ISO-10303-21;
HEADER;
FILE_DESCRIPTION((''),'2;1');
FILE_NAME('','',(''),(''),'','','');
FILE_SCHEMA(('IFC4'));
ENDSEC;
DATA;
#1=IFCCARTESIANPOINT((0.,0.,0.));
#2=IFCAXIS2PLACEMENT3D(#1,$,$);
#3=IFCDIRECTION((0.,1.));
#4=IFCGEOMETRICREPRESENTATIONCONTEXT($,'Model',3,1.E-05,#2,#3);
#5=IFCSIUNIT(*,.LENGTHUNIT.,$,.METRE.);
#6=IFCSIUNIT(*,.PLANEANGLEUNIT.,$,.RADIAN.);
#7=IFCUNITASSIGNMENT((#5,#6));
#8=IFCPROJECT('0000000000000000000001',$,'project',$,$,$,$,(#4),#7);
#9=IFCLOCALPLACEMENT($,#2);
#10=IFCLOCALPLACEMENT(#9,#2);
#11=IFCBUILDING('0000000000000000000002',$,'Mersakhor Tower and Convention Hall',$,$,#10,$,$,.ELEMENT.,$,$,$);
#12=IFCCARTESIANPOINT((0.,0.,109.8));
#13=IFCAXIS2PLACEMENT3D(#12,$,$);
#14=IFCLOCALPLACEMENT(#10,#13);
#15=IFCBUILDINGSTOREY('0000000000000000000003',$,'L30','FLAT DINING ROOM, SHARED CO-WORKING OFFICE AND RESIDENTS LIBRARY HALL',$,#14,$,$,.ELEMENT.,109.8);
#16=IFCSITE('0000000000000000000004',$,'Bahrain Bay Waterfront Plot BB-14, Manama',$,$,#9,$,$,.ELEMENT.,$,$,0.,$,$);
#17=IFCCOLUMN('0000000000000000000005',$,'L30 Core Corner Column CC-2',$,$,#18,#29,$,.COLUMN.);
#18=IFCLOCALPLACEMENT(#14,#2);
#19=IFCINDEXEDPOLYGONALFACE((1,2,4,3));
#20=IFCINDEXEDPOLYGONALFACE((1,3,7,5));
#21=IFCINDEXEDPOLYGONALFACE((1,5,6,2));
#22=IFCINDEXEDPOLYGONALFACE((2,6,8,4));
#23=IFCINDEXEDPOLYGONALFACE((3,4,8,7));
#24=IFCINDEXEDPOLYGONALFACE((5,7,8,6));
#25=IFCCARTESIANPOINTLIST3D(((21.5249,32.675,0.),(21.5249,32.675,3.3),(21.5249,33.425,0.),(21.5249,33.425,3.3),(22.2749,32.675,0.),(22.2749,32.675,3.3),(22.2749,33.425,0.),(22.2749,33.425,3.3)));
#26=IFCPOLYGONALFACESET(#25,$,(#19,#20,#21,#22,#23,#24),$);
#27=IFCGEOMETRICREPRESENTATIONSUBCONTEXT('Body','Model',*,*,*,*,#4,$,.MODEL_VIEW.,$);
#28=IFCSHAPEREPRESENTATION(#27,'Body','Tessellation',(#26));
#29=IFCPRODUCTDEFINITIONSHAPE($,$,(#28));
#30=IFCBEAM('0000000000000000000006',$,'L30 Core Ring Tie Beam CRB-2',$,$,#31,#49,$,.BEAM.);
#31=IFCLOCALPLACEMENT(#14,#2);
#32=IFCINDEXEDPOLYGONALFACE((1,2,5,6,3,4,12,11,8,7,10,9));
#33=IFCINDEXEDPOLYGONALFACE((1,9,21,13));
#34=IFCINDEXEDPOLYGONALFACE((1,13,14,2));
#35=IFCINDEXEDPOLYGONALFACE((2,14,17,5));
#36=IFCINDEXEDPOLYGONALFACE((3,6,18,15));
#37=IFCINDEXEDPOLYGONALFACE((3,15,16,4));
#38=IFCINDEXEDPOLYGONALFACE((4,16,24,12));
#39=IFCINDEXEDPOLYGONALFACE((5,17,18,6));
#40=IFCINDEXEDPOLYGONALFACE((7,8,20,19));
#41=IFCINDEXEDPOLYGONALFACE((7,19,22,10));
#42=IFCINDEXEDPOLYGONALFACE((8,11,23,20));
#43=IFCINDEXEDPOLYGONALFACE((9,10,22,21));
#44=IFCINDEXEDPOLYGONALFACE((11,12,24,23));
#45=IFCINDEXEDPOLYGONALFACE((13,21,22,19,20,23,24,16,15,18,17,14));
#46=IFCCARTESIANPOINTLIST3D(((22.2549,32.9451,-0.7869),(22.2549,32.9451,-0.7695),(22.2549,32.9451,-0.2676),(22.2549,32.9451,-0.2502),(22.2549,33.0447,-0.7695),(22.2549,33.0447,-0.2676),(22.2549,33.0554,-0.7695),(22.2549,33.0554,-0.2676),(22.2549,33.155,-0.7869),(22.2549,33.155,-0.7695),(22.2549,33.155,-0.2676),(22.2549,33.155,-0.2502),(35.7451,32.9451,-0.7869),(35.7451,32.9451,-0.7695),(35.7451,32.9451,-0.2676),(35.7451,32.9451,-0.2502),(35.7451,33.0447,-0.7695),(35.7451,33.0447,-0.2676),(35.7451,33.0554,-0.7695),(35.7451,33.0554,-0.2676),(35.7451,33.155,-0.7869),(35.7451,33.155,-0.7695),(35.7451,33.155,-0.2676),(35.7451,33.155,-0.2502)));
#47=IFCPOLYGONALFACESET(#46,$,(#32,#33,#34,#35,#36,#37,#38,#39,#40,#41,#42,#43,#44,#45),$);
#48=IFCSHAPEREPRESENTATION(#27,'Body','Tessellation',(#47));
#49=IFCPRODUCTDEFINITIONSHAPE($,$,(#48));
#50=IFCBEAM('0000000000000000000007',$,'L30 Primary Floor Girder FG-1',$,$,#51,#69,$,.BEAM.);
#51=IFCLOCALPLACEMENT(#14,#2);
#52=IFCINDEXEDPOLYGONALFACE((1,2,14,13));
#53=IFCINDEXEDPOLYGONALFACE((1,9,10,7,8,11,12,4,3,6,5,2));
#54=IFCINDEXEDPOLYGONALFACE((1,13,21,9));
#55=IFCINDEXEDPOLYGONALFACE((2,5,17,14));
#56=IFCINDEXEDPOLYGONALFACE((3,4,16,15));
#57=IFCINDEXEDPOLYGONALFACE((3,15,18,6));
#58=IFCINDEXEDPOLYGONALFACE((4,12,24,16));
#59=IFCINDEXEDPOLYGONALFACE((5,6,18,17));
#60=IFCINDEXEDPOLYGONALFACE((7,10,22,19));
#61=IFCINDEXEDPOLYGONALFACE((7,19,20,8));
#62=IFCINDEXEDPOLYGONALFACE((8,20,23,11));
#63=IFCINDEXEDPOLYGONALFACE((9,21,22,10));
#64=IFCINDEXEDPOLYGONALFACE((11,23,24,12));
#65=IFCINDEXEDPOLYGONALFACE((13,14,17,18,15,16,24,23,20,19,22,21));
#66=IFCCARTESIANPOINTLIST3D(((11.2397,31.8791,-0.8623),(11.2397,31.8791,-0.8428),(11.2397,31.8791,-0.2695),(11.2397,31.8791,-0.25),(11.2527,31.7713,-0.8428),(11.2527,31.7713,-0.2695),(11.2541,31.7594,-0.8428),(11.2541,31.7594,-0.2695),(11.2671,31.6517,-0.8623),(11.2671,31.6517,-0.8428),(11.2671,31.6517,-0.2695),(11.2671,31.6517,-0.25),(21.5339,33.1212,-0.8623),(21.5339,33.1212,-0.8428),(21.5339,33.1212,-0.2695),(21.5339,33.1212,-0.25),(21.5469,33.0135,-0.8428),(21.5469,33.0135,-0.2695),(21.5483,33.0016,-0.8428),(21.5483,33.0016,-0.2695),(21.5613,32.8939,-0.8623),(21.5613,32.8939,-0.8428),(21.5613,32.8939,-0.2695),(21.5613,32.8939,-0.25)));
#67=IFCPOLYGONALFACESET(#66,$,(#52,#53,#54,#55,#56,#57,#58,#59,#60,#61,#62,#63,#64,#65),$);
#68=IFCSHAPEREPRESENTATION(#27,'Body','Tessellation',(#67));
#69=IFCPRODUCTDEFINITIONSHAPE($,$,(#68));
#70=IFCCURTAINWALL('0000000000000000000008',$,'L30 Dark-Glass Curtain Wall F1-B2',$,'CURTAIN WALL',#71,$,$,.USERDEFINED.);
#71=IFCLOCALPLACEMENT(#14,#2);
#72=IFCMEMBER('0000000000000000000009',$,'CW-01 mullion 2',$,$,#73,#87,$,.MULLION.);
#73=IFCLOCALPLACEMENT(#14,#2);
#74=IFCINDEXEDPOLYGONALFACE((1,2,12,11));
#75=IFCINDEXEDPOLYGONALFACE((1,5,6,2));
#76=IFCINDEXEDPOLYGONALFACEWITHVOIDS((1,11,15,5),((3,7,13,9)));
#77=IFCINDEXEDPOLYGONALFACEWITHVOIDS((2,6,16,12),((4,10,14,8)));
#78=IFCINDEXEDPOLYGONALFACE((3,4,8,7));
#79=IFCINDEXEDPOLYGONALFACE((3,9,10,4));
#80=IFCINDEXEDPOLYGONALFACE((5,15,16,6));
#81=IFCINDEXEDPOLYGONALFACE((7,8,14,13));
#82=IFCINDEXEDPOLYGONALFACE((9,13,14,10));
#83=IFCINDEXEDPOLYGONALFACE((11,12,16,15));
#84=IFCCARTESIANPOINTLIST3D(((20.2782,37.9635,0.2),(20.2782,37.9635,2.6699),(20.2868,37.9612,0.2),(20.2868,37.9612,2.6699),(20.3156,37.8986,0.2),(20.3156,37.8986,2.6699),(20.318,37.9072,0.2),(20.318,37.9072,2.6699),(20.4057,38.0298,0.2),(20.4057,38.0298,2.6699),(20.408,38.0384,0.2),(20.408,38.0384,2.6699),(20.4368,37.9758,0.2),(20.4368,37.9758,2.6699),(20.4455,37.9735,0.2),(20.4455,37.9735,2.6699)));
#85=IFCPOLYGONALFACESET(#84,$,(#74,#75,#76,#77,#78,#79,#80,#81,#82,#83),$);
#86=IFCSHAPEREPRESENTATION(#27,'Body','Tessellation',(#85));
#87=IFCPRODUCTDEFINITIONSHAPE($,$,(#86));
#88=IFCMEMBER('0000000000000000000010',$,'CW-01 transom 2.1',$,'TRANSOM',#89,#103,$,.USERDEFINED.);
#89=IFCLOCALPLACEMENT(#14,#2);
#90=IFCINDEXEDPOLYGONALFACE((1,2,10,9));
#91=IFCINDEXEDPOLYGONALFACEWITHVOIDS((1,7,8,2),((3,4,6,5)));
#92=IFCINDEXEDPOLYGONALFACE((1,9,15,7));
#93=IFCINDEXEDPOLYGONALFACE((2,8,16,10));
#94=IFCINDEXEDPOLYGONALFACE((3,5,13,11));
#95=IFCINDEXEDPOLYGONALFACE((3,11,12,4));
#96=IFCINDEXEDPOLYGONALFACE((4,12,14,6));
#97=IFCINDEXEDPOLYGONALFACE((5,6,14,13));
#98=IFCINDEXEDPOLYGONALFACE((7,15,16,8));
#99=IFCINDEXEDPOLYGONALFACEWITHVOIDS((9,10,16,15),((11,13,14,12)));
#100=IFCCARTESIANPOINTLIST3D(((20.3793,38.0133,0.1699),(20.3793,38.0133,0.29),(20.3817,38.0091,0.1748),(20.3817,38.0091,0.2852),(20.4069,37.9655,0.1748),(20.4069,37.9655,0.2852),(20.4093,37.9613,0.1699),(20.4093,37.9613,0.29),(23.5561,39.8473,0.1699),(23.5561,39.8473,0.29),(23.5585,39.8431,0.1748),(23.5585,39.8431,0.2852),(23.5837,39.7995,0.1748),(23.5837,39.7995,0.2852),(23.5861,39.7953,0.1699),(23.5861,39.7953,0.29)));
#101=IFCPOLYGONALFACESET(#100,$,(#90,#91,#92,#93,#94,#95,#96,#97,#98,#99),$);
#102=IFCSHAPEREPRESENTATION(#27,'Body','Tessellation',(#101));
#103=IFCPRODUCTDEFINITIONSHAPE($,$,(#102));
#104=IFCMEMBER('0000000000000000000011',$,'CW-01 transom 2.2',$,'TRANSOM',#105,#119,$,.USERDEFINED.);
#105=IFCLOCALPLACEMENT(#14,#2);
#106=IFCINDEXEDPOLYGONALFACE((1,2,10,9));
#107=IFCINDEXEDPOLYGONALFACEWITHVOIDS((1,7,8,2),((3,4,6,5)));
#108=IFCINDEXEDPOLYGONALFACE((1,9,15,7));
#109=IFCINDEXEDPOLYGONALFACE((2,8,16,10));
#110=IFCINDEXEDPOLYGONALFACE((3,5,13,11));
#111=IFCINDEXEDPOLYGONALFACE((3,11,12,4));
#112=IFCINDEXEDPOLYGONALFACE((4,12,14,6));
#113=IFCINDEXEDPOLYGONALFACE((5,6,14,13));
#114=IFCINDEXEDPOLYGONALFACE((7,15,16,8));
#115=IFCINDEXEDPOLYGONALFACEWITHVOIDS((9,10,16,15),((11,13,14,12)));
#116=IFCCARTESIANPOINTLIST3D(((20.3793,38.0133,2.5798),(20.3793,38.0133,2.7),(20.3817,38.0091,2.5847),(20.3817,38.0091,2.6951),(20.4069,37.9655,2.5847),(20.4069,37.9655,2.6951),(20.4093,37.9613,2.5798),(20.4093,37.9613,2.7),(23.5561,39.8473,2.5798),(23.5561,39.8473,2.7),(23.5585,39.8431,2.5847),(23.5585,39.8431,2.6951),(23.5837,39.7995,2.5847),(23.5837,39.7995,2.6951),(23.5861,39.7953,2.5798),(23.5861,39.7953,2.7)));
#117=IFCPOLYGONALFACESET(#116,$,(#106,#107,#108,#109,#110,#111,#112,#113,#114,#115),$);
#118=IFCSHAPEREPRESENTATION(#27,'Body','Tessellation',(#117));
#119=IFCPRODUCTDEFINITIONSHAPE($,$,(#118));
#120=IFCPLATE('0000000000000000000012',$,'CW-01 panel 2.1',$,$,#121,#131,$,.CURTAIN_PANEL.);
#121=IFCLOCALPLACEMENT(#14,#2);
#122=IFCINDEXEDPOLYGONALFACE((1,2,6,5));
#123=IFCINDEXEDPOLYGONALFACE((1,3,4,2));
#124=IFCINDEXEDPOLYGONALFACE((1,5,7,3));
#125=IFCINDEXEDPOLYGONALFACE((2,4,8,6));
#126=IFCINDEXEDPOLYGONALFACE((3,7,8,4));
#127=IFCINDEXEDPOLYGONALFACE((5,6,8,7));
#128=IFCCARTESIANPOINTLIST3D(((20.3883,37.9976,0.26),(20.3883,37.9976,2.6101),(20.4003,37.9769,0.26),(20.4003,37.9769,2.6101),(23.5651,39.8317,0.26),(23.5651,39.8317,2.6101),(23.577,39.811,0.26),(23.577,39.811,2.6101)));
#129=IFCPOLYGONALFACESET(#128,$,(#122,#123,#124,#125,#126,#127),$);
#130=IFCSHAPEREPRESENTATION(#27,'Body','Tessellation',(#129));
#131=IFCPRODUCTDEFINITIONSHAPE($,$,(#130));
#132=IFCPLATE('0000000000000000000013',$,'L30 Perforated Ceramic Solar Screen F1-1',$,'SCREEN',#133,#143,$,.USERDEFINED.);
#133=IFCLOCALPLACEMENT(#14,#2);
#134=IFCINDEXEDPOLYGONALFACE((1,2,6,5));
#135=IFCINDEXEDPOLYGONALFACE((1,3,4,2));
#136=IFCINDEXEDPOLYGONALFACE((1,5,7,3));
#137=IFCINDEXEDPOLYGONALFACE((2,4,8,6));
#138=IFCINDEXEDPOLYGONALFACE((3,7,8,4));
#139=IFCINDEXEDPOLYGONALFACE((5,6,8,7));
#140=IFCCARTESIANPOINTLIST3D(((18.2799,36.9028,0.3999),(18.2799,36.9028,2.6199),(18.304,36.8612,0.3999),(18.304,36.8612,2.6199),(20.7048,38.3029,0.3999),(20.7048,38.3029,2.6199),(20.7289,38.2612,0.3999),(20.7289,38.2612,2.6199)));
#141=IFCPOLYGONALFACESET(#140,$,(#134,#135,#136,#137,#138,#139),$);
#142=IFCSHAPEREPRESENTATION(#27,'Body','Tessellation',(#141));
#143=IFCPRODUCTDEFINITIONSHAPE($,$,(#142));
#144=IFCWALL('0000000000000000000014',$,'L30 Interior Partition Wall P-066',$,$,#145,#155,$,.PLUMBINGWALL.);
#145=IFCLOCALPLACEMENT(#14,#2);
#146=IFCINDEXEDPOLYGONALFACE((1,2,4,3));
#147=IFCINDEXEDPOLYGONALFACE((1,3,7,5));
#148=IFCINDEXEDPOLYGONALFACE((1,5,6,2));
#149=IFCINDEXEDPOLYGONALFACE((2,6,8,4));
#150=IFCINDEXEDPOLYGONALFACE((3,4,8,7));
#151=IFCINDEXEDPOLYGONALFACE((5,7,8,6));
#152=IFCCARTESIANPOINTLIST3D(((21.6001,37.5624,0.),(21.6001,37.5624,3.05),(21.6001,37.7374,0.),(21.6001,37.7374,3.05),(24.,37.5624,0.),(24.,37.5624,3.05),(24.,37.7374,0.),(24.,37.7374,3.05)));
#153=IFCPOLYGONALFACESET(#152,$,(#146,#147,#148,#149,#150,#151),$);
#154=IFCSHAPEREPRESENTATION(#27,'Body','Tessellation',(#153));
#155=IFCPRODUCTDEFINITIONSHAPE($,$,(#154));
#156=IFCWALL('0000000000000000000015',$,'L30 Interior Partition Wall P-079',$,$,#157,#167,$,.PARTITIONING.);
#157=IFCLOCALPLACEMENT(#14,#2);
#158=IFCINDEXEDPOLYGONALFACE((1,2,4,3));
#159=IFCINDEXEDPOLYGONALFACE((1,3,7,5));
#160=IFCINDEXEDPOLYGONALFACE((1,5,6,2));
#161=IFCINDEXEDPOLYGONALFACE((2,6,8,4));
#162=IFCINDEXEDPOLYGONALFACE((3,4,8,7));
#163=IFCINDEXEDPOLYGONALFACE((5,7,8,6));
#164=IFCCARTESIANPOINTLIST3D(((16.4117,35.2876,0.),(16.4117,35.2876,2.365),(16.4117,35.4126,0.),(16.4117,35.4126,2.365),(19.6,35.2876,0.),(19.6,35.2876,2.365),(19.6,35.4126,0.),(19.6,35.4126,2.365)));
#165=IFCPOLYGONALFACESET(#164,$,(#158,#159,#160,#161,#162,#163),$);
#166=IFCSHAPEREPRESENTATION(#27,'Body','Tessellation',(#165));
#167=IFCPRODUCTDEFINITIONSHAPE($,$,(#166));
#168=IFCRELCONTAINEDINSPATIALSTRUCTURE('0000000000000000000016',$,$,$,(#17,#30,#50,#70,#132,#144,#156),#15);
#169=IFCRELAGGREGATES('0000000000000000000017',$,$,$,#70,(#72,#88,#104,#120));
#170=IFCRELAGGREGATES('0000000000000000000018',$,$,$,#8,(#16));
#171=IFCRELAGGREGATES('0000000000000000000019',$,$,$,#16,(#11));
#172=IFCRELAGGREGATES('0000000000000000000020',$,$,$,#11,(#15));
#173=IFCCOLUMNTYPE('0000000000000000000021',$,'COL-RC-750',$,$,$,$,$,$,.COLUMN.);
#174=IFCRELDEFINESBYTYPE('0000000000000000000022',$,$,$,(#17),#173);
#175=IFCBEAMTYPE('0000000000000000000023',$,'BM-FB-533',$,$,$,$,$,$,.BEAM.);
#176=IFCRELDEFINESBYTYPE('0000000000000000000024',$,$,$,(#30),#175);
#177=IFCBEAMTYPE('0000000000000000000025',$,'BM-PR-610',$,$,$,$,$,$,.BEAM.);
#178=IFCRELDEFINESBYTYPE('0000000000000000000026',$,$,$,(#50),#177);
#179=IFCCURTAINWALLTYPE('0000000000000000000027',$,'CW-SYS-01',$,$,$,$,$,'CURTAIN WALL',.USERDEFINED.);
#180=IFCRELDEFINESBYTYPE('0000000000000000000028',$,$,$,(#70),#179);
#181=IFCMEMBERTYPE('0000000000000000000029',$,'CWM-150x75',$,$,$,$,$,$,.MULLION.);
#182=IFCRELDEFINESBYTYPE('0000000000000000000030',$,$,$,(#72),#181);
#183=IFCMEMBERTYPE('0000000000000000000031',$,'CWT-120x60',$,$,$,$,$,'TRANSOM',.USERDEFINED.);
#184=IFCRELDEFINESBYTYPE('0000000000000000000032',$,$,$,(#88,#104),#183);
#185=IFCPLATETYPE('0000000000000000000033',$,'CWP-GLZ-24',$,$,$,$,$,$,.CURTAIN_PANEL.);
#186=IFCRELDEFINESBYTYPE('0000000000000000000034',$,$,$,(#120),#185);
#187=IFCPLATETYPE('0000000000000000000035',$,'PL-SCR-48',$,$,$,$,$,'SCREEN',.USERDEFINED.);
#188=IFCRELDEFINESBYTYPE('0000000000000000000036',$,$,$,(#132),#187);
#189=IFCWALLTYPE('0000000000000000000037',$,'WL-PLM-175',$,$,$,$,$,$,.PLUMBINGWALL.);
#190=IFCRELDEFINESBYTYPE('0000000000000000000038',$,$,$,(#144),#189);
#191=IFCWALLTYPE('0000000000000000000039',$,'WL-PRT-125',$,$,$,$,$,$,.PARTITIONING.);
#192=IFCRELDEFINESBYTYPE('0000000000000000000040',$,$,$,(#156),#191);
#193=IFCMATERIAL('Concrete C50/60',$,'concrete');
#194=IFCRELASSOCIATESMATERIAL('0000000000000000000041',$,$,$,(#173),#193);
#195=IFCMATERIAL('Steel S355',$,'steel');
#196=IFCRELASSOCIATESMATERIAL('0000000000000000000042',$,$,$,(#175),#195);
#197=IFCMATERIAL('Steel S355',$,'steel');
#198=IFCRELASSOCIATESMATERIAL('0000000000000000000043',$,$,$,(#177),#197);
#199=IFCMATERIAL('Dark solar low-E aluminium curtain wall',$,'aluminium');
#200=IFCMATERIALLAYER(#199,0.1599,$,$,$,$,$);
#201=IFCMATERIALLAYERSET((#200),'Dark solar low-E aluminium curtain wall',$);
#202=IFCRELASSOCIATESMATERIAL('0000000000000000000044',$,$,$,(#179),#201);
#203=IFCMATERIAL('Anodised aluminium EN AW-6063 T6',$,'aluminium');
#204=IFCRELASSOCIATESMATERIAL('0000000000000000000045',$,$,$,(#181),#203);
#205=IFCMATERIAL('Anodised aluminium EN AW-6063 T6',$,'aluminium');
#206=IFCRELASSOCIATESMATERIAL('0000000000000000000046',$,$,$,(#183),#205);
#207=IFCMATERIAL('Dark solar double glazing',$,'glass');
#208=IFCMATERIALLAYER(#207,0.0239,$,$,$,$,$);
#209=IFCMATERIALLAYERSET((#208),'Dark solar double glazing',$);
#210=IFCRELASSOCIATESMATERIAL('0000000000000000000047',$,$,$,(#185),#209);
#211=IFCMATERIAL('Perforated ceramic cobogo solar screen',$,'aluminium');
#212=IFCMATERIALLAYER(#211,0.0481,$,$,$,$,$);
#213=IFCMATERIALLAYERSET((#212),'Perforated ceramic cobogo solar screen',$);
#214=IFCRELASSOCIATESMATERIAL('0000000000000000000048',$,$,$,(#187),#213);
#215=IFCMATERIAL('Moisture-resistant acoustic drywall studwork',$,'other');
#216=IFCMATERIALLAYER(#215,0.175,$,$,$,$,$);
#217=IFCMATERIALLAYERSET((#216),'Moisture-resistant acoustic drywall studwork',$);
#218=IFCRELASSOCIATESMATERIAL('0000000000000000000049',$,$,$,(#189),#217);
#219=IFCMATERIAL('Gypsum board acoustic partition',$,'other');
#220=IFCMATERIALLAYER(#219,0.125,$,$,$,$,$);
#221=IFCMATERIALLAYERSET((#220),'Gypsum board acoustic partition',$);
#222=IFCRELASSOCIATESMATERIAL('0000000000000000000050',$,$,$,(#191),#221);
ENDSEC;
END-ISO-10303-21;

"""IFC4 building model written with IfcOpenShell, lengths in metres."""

from ifc_helpers import new_model, si_unit, direction, frame, frame_2d, origin, origin_2d, place, context, subcontext, project, spatial, rectangle, hollow_rectangle, i_section, extrude, material, layer, layer_set, material_profile, profile_set, type_object, element, aggregate, save


model = new_model("IFC4")

# Units and contexts
model_context = context("Model", 3, precision=1e-05, world=origin(), true_north=direction((0.0, 1.0)))
body_context = subcontext(model_context, "Body", "Model", "MODEL_VIEW")
ifc_project = project(units=[si_unit("LENGTHUNIT", "METRE"), si_unit("PLANEANGLEUNIT", "RADIAN")], contexts=[model_context])

# Site, building, storey
site_placement = place(None, origin())
site = spatial("IfcSite", under=ifc_project, at=site_placement, Name="Bahrain Bay Waterfront Plot BB-14, Manama", CompositionType="ELEMENT", RefElevation=0.0)
building_placement = place(site_placement, origin())
building = spatial("IfcBuilding", under=site, at=building_placement, Name="Mersakhor Tower and Convention Hall", CompositionType="ELEMENT")
storey_placement = place(building_placement, frame((0.0, 0.0, 109.8)))
storey = spatial("IfcBuildingStorey", under=building, at=storey_placement, Name="L30", Description="FLAT DINING ROOM, SHARED CO-WORKING OFFICE AND RESIDENTS LIBRARY HALL", CompositionType="ELEMENT", Elevation=109.8)

# Column
ifc_material_1 = material(Name="Concrete C50/60", Category="concrete")
ifc_material_profile_1 = material_profile(ifc_material_1, rectangle(XDim=0.75, YDim=0.75, at=origin_2d()), Name="RC 750x750")
ifc_profile_set_1 = profile_set([ifc_material_profile_1], Name="Concrete C50/60")
column_type = type_object("IfcColumnType", Name="COL-RC-750", PredefinedType="COLUMN", material=ifc_profile_set_1)
column_placement = place(storey_placement, frame((21.8999, 33.05, 0.0), z_axis=(0.0, 0.0, 1.0), x_axis=(1.0, 0.0, 0.0)))
element("IfcColumn", 1, at=column_placement, inside=storey, type_object=column_type, Name="L30 Core Corner Column CC-2", PredefinedType="COLUMN", context=body_context, shape_type="SweptSolid", body=[
    extrude(rectangle(XDim=0.75, YDim=0.75, at=origin_2d()), origin(), (0.0, 0.0, 1.0), 3.3),
])

# Beams
ifc_material_2 = material(Name="Steel S355", Category="steel")
ifc_material_profile_2 = material_profile(ifc_material_2, i_section(OverallWidth=0.21, OverallDepth=0.5366, WebThickness=0.0107, FlangeThickness=0.0173, at=origin_2d()), Name="UB 533x210x101")
ifc_profile_set_2 = profile_set([ifc_material_profile_2], Name="Steel S355")
beam_type_1 = type_object("IfcBeamType", Name="BM-FB-533", PredefinedType="BEAM", material=ifc_profile_set_2)
beam_1_placement = place(storey_placement, frame((22.2549, 33.05, -0.5186), z_axis=(1.0, 0.0, 0.0), x_axis=(0.0, 1.0, 0.0)))
element("IfcBeam", 2, at=beam_1_placement, inside=storey, type_object=beam_type_1, Name="L30 Core Ring Tie Beam CRB-2", PredefinedType="BEAM", context=body_context, shape_type="SweptSolid", body=[
    extrude(i_section(OverallWidth=0.21, OverallDepth=0.5366, WebThickness=0.0107, FlangeThickness=0.0173, at=origin_2d()), origin(), (0.0, 0.0, 1.0), 13.4902),
])
ifc_material_3 = material(Name="Steel S355", Category="steel")
ifc_material_profile_3 = material_profile(ifc_material_3, i_section(OverallWidth=0.229, OverallDepth=0.6123, WebThickness=0.012, FlangeThickness=0.0195, at=origin_2d()), Name="UB 610x229x125")
ifc_profile_set_3 = profile_set([ifc_material_profile_3], Name="Steel S355")
beam_type_2 = type_object("IfcBeamType", Name="BM-PR-610", PredefinedType="BEAM", material=ifc_profile_set_3)
beam_2_placement = place(storey_placement, frame((21.5476, 33.0076, -0.5562), z_axis=(-0.992798, -0.1198, 0.0), x_axis=(0.1198, -0.992798, 0.0)))
element("IfcBeam", 3, at=beam_2_placement, inside=storey, type_object=beam_type_2, Name="L30 Primary Floor Girder FG-1", PredefinedType="BEAM", context=body_context, shape_type="SweptSolid", body=[
    extrude(i_section(OverallWidth=0.229, OverallDepth=0.6123, WebThickness=0.012, FlangeThickness=0.0195, at=origin_2d()), origin(), (0.0, 0.0, 1.0), 10.3689),
])

# Curtain wall, members, plate
ifc_material_4 = material(Name="Dark solar low-E aluminium curtain wall", Category="aluminium")
ifc_layer_1 = layer(ifc_material_4, 0.1599)
ifc_layer_set_1 = layer_set([ifc_layer_1], Name="Dark solar low-E aluminium curtain wall")
curtain_wall_type = type_object("IfcCurtainWallType", Name="CW-SYS-01", ElementType="CURTAIN WALL", PredefinedType="USERDEFINED", material=ifc_layer_set_1)
curtain_wall_placement = place(storey_placement, origin())
curtain_wall = element("IfcCurtainWall", 4, at=curtain_wall_placement, inside=storey, type_object=curtain_wall_type, Name="L30 Dark-Glass Curtain Wall F1-B2", ObjectType="CURTAIN WALL", PredefinedType="USERDEFINED")
ifc_material_5 = material(Name="Anodised aluminium EN AW-6063 T6", Category="aluminium")
ifc_material_profile_4 = material_profile(ifc_material_5, hollow_rectangle(XDim=0.075, YDim=0.1499, WallThickness=0.0063, at=origin_2d()), Name="RHS 150x75x6.3")
ifc_profile_set_4 = profile_set([ifc_material_profile_4], Name="Anodised aluminium EN AW-6063 T6")
member_type_1 = type_object("IfcMemberType", Name="CWM-150x75", PredefinedType="MULLION", material=ifc_profile_set_4)
member_1_placement = place(storey_placement, frame((20.3618, 37.9685, 0.2), z_axis=(0.0, 0.0, 1.0), x_axis=(-0.499998, 0.866027, 0.0)))
member_1 = element("IfcMember", 5, at=member_1_placement, type_object=member_type_1, Name="CW-01 mullion 2", PredefinedType="MULLION", context=body_context, shape_type="SweptSolid", body=[
    extrude(hollow_rectangle(XDim=0.075, YDim=0.1499, WallThickness=0.0063, at=origin_2d()), origin(), (0.0, 0.0, 1.0), 2.47),
])
ifc_material_6 = material(Name="Anodised aluminium EN AW-6063 T6", Category="aluminium")
ifc_material_profile_5 = material_profile(ifc_material_6, hollow_rectangle(XDim=0.0601, YDim=0.1201, WallThickness=0.0049, at=origin_2d()), Name="RHS 120x60x5")
ifc_profile_set_5 = profile_set([ifc_material_profile_5], Name="Anodised aluminium EN AW-6063 T6")
member_type_2 = type_object("IfcMemberType", Name="CWT-120x60", ElementType="TRANSOM", PredefinedType="USERDEFINED", material=ifc_profile_set_5)
member_2_placement = place(storey_placement, frame((20.3943, 37.9873, 0.23), z_axis=(0.866039, 0.499976, 0.0), x_axis=(-0.499976, 0.866039, 0.0)))
member_2 = element("IfcMember", 6, at=member_2_placement, type_object=member_type_2, Name="CW-01 transom 2.1", ObjectType="TRANSOM", PredefinedType="USERDEFINED", context=body_context, shape_type="SweptSolid", body=[
    extrude(hollow_rectangle(XDim=0.0601, YDim=0.1201, WallThickness=0.0049, at=origin_2d()), origin(), (0.0, 0.0, 1.0), 3.6682),
])
member_3_placement = place(storey_placement, frame((20.3943, 37.9873, 2.6399), z_axis=(0.866039, 0.499976, 0.0), x_axis=(-0.499976, 0.866039, 0.0)))
member_3 = element("IfcMember", 7, at=member_3_placement, type_object=member_type_2, Name="CW-01 transom 2.2", ObjectType="TRANSOM", PredefinedType="USERDEFINED", context=body_context, shape_type="SweptSolid", body=[
    extrude(hollow_rectangle(XDim=0.0601, YDim=0.1201, WallThickness=0.0049, at=origin_2d()), origin(), (0.0, 0.0, 1.0), 3.6682),
])
ifc_material_7 = material(Name="Dark solar double glazing", Category="glass")
ifc_layer_2 = layer(ifc_material_7, 0.0239)
ifc_layer_set_2 = layer_set([ifc_layer_2], Name="Dark solar double glazing")
plate_type_1 = type_object("IfcPlateType", Name="CWP-GLZ-24", PredefinedType="CURTAIN_PANEL", material=ifc_layer_set_2)
plate_1_placement = place(storey_placement, frame((21.9827, 38.9043, 0.26), z_axis=(0.0, 0.0, 1.0), x_axis=(0.866027, 0.499998, 0.0)))
plate_1 = element("IfcPlate", 8, at=plate_1_placement, type_object=plate_type_1, Name="CW-01 panel 2.1", PredefinedType="CURTAIN_PANEL", context=body_context, shape_type="SweptSolid", body=[
    extrude(rectangle(XDim=3.6682, YDim=0.0239, at=origin_2d()), origin(), (0.0, 0.0, 1.0), 2.3501),
])
aggregate(curtain_wall, [member_1, member_2, member_3, plate_1])

# Plate
ifc_material_8 = material(Name="Perforated ceramic cobogo solar screen", Category="aluminium")
ifc_layer_3 = layer(ifc_material_8, 0.0481)
ifc_layer_set_3 = layer_set([ifc_layer_3], Name="Perforated ceramic cobogo solar screen")
plate_type_2 = type_object("IfcPlateType", Name="PL-SCR-48", ElementType="SCREEN", PredefinedType="USERDEFINED", material=ifc_layer_set_3)
plate_2_placement = place(storey_placement, frame((19.5044, 37.582, 0.3999), z_axis=(0.0, 0.0, 1.0), x_axis=(0.866025, 0.5, 0.0)))
element("IfcPlate", 9, at=plate_2_placement, inside=storey, type_object=plate_type_2, Name="L30 Perforated Ceramic Solar Screen F1-1", ObjectType="SCREEN", PredefinedType="USERDEFINED", context=body_context, shape_type="SweptSolid", body=[
    extrude(rectangle(XDim=2.8, YDim=0.0481, at=origin_2d()), origin(), (0.0, 0.0, 1.0), 2.22),
])

# Walls
ifc_material_9 = material(Name="Moisture-resistant acoustic drywall studwork", Category="other")
ifc_layer_4 = layer(ifc_material_9, 0.175)
ifc_layer_set_4 = layer_set([ifc_layer_4], Name="Moisture-resistant acoustic drywall studwork")
wall_type_1 = type_object("IfcWallType", Name="WL-PLM-175", PredefinedType="PLUMBINGWALL", material=ifc_layer_set_4)
wall_1_placement = place(storey_placement, frame((21.6001, 37.6499, 0.0), z_axis=(0.0, 0.0, 1.0), x_axis=(1.0, 0.0, 0.0)))
element("IfcWall", 10, at=wall_1_placement, inside=storey, type_object=wall_type_1, Name="L30 Interior Partition Wall P-066", PredefinedType="PLUMBINGWALL", context=body_context, shape_type="SweptSolid", body=[
    extrude(rectangle(XDim=2.3999, YDim=0.175, at=frame_2d((1.2, 0.0))), origin(), (0.0, 0.0, 1.0), 3.05),
])
ifc_material_10 = material(Name="Gypsum board acoustic partition", Category="other")
ifc_layer_5 = layer(ifc_material_10, 0.125)
ifc_layer_set_5 = layer_set([ifc_layer_5], Name="Gypsum board acoustic partition")
wall_type_2 = type_object("IfcWallType", Name="WL-PRT-125", PredefinedType="PARTITIONING", material=ifc_layer_set_5)
wall_2_placement = place(storey_placement, frame((19.6001, 35.3501, 0.0), z_axis=(0.0, 0.0, 1.0), x_axis=(-1.0, 0.0, 0.0)))
element("IfcWall", 11, at=wall_2_placement, inside=storey, type_object=wall_type_2, Name="L30 Interior Partition Wall P-079", PredefinedType="PARTITIONING", context=body_context, shape_type="SweptSolid", body=[
    extrude(rectangle(XDim=3.1882, YDim=0.125, at=frame_2d((1.5942, 0.0))), origin(), (0.0, 0.0, 1.0), 2.365),
])

save(model, "model.ifc")
